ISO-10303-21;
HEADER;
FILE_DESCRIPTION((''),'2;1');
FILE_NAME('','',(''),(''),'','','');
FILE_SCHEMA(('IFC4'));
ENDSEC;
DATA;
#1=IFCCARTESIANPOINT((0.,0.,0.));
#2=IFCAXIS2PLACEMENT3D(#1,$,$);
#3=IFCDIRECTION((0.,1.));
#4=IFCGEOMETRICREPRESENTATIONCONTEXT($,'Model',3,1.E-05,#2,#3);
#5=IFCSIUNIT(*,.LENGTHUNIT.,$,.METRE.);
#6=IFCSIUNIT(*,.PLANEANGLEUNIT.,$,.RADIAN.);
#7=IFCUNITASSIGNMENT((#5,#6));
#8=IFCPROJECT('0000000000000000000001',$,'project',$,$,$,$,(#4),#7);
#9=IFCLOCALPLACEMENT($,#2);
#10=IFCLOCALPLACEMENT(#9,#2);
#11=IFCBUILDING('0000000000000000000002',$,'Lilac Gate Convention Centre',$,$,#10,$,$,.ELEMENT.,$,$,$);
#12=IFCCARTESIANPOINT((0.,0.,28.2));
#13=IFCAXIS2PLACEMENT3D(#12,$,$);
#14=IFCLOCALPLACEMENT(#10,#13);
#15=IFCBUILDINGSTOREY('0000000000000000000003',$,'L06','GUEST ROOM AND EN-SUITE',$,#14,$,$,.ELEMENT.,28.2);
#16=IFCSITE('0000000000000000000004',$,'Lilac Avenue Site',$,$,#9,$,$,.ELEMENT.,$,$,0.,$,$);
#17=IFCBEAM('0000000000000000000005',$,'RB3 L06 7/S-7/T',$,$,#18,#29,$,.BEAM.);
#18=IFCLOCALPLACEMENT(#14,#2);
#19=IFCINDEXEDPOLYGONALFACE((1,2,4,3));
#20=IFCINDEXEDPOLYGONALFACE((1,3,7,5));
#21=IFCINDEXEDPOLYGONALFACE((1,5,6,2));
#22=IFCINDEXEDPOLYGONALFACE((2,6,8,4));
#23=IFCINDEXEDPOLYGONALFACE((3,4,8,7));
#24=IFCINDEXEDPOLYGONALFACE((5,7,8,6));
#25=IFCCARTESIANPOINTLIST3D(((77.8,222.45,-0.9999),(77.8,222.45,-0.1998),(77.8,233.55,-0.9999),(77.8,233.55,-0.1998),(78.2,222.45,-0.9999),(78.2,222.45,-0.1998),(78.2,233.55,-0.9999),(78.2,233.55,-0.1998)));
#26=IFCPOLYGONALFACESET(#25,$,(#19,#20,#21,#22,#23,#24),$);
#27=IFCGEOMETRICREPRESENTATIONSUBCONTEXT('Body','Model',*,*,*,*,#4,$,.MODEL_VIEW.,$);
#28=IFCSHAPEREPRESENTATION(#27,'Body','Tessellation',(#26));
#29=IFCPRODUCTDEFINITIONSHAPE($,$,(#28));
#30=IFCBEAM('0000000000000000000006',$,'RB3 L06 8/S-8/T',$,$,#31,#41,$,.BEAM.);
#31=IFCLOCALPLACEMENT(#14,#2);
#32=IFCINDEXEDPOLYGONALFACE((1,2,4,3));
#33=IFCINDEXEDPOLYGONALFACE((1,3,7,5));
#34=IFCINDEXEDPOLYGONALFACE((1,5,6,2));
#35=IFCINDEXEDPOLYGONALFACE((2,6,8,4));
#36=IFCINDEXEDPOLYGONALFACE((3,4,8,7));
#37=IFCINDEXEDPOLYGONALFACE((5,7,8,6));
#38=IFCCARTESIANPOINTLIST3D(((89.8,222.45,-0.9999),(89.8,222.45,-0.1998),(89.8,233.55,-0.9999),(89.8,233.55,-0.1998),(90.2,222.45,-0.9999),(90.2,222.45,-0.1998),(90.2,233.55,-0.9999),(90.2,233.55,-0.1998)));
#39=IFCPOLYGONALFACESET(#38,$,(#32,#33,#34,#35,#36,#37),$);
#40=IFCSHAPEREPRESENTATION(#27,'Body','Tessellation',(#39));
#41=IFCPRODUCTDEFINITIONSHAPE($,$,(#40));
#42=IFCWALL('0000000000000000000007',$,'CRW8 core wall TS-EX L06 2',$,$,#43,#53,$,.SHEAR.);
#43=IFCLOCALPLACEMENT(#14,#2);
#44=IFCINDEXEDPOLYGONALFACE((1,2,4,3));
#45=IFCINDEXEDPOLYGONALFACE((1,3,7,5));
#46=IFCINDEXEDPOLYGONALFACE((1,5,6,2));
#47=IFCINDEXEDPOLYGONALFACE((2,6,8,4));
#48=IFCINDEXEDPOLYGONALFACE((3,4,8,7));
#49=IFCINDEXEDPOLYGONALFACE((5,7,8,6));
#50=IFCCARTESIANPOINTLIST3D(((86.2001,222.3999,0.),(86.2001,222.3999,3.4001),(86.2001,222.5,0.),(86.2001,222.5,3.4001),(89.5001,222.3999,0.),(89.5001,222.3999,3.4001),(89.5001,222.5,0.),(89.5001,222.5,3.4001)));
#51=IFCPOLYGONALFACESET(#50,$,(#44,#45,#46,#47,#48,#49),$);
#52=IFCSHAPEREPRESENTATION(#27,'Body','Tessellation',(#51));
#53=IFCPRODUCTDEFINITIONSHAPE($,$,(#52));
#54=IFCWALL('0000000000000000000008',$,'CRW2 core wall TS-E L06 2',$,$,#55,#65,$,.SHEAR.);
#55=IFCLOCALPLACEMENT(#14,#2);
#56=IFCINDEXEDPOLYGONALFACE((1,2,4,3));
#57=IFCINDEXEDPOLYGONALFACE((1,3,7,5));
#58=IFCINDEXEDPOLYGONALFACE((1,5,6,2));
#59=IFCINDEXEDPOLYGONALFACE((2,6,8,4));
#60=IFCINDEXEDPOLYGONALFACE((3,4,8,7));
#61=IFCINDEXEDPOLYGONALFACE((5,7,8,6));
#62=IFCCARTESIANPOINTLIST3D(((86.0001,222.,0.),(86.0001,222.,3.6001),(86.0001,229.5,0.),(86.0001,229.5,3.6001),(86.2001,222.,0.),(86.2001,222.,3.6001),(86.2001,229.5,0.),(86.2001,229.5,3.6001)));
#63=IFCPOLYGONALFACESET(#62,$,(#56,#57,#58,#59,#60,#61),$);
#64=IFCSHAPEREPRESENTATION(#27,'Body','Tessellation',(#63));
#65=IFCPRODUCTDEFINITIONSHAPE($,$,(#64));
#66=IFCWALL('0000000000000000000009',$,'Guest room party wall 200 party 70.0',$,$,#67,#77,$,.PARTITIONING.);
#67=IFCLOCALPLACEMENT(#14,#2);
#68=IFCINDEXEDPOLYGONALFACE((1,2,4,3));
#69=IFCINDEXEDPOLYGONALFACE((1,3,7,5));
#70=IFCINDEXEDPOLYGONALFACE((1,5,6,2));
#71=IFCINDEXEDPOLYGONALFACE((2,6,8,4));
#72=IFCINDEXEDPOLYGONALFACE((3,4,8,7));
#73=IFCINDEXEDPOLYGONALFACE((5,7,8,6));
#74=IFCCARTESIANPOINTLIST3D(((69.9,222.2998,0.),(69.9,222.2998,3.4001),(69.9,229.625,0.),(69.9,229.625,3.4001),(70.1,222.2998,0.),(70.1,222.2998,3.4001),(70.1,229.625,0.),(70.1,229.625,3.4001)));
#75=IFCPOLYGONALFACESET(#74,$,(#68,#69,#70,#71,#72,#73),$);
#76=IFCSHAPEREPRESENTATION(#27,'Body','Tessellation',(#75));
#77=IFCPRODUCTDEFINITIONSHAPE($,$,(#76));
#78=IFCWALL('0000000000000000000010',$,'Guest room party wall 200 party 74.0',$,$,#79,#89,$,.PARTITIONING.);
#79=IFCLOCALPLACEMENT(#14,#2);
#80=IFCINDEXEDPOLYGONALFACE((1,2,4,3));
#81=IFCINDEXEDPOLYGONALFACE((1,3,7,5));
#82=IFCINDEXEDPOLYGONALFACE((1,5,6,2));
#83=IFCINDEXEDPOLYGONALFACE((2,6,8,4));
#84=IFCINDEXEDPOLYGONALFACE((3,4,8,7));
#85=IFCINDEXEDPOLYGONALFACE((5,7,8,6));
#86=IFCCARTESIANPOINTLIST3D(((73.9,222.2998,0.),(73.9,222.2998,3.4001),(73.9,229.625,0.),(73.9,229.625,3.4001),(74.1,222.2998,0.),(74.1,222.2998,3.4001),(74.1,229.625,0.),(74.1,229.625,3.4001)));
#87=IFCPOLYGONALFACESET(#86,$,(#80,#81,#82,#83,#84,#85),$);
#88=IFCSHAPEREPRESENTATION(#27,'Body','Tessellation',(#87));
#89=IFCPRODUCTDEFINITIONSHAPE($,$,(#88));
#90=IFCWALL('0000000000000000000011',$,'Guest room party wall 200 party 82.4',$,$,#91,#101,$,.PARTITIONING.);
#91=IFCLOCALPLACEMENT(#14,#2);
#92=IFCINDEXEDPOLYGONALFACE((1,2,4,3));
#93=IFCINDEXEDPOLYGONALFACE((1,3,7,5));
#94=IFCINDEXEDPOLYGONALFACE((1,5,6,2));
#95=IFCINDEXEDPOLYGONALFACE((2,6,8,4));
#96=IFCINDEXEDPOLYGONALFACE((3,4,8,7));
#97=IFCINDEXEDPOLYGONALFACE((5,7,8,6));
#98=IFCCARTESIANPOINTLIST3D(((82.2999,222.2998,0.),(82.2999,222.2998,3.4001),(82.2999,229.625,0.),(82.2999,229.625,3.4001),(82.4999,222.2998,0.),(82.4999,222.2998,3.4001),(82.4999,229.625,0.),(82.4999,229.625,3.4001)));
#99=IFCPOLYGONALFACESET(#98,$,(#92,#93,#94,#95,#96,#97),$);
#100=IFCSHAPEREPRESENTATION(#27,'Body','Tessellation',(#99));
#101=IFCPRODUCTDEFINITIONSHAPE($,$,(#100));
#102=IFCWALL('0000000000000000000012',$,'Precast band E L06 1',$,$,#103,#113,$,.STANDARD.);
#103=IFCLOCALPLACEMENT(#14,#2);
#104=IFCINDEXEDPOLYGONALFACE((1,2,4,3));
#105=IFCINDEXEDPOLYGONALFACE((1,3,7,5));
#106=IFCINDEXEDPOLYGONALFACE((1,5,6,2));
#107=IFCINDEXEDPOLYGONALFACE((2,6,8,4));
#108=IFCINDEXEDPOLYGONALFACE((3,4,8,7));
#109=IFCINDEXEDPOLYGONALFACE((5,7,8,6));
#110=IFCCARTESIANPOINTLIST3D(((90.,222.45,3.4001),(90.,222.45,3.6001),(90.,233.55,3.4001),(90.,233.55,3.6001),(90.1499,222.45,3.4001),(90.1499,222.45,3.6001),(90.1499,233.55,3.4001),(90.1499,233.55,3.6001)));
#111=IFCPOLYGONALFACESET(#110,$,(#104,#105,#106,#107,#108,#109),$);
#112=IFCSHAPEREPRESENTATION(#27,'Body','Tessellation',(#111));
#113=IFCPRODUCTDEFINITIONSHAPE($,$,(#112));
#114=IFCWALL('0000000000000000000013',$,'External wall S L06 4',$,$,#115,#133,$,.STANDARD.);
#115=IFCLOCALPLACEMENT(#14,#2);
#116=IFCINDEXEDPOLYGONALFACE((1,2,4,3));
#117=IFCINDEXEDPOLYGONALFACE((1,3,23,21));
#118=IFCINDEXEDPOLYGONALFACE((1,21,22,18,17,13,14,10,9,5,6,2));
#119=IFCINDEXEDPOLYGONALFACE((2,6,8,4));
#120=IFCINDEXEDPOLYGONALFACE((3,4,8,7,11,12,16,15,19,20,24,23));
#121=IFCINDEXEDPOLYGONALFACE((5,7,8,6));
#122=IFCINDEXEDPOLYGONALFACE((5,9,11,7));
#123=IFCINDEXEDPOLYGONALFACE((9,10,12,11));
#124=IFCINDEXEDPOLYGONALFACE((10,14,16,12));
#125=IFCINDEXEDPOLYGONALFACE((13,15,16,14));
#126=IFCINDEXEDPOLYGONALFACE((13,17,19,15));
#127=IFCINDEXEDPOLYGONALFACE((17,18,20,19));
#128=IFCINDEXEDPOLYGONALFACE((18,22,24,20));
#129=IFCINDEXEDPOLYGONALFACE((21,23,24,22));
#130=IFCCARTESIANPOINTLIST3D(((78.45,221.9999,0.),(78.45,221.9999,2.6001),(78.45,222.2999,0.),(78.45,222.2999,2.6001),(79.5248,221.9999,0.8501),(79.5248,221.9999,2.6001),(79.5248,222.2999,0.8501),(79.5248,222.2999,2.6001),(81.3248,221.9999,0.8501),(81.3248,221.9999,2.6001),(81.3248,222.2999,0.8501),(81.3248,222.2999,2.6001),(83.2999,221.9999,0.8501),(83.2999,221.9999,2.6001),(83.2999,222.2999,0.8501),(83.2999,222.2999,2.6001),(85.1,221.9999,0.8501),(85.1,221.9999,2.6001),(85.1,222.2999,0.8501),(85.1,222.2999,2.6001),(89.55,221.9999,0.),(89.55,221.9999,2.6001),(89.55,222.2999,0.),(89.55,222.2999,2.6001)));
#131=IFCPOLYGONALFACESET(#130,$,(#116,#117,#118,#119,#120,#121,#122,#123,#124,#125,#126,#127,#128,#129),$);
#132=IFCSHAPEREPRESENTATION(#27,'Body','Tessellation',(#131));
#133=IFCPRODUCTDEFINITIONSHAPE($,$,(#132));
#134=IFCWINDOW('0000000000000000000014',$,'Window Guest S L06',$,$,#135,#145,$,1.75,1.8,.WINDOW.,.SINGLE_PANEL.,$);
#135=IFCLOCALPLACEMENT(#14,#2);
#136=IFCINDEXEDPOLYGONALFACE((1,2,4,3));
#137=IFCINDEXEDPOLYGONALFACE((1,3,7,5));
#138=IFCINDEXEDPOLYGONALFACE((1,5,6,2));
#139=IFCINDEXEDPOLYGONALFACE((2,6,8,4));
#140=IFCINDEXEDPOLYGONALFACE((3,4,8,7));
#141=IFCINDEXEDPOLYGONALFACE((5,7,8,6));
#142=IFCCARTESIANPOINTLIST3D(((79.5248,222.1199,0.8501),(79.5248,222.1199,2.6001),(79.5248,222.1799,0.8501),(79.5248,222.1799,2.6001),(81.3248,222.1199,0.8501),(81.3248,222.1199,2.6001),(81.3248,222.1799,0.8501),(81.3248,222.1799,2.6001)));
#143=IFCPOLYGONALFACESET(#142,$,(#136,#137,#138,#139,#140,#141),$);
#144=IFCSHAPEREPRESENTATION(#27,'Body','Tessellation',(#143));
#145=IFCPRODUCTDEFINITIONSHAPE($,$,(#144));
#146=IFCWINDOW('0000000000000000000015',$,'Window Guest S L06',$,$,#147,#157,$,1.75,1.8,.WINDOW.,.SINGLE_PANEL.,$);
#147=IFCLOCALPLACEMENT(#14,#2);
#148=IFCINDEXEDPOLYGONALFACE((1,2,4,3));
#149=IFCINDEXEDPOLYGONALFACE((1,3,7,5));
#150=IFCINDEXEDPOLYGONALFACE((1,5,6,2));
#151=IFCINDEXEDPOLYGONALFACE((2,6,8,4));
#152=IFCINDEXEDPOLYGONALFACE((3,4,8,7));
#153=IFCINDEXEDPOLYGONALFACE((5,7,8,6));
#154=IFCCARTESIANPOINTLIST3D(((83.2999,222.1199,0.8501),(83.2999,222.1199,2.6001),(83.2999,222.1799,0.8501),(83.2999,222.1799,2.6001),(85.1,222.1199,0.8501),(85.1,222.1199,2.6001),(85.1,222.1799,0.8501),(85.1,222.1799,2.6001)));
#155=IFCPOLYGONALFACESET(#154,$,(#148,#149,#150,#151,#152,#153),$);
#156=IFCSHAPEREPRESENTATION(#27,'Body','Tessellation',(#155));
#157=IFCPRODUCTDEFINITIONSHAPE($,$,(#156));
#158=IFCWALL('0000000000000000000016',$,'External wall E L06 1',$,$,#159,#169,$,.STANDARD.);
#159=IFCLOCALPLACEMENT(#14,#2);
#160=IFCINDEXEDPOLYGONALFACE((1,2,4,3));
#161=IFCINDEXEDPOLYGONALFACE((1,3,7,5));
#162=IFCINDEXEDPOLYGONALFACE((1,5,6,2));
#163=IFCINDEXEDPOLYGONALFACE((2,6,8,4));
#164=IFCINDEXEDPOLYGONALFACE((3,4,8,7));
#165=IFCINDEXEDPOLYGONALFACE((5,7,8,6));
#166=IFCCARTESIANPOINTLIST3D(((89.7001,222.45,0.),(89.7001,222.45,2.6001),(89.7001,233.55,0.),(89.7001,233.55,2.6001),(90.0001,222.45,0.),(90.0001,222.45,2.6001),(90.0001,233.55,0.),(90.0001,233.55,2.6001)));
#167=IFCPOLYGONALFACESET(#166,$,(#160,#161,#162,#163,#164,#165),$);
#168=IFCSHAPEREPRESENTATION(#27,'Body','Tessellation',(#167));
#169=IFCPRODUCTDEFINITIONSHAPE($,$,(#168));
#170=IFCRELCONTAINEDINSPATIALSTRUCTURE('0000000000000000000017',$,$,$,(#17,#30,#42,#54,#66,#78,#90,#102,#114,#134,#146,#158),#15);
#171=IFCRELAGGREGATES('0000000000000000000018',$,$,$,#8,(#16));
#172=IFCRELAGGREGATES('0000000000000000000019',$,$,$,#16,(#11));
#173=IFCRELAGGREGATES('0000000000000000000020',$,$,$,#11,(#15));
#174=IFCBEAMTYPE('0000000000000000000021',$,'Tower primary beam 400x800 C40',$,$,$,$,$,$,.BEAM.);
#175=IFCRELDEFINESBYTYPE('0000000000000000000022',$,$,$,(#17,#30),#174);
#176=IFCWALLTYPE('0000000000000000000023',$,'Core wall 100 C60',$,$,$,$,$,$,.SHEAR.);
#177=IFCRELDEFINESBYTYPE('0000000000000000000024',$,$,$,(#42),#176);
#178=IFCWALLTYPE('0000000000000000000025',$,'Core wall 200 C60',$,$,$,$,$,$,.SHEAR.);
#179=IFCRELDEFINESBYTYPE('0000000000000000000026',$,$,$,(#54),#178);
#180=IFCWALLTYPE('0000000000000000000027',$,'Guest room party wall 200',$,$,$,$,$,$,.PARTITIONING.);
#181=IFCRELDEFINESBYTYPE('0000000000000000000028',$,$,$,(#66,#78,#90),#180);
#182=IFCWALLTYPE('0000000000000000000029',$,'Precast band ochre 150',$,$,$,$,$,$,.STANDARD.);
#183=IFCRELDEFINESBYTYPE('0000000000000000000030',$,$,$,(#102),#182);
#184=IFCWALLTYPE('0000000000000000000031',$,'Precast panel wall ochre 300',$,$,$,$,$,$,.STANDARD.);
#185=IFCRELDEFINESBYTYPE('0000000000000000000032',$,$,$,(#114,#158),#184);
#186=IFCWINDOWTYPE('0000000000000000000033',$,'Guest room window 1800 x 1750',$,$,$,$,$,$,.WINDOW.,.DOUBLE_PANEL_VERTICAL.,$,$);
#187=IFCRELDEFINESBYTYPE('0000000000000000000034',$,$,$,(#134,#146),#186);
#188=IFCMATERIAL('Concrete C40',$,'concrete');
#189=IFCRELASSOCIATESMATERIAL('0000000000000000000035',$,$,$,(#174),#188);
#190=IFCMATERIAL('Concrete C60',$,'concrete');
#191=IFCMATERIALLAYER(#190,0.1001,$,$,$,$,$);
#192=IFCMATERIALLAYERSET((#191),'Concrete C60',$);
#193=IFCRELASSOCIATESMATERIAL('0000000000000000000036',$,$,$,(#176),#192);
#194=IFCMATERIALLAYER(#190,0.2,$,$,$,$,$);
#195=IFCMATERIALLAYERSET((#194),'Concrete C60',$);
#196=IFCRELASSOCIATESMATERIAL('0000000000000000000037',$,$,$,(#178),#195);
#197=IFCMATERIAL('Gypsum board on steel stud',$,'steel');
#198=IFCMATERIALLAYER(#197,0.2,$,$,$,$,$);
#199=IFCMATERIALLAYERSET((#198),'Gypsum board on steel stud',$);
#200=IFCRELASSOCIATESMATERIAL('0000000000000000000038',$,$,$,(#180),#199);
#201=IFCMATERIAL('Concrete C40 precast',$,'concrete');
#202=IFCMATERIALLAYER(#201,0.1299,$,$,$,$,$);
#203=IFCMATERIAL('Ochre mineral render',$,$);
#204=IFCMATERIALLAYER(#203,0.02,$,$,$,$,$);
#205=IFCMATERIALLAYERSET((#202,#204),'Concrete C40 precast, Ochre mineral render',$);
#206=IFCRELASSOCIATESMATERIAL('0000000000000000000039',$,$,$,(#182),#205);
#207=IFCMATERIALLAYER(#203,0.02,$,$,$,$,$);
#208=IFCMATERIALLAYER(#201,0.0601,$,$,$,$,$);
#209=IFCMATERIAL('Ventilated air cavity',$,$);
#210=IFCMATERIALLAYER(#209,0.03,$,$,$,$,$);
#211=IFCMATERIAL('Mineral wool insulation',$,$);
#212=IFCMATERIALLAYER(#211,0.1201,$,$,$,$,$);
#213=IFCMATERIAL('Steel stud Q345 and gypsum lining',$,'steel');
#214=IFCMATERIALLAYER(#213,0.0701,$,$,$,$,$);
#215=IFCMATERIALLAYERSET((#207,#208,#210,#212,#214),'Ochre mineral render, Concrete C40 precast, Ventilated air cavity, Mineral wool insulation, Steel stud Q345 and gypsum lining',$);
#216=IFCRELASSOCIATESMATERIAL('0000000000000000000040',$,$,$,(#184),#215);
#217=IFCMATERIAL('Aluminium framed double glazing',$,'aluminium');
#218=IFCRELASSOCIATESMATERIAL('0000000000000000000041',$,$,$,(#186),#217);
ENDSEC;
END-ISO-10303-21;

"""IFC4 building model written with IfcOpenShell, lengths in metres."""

from ifc_helpers import new_model, si_unit, direction, frame, frame_2d, origin, origin_2d, place, context, subcontext, project, spatial, rectangle, extrude, material, layer, layer_set, material_profile, profile_set, type_object, element, fill, save


model = new_model("IFC4")

# Units and contexts
model_context = context("Model", 3, precision=1e-05, world=origin(), true_north=direction((0.0, 1.0)))
body_context = subcontext(model_context, "Body", "Model", "MODEL_VIEW")
ifc_project = project(units=[si_unit("LENGTHUNIT", "METRE"), si_unit("PLANEANGLEUNIT", "RADIAN")], contexts=[model_context])

# Site, building, storey
site_placement = place(None, origin())
site = spatial("IfcSite", under=ifc_project, at=site_placement, Name="Lilac Avenue Site", CompositionType="ELEMENT", RefElevation=0.0)
building_placement = place(site_placement, origin())
building = spatial("IfcBuilding", under=site, at=building_placement, Name="Lilac Gate Convention Centre", CompositionType="ELEMENT")
storey_placement = place(building_placement, frame((0.0, 0.0, 28.2)))
storey = spatial("IfcBuildingStorey", under=building, at=storey_placement, Name="L06", Description="GUEST ROOM AND EN-SUITE", CompositionType="ELEMENT", Elevation=28.2)

# Beams
ifc_material_1 = material(Name="Concrete C40", Category="concrete")
ifc_material_profile = material_profile(ifc_material_1, rectangle(XDim=0.3999, YDim=0.8, at=origin_2d()), Name="RC 400x800")
ifc_profile_set = profile_set([ifc_material_profile], Name="Concrete C40")
beam_type = type_object("IfcBeamType", Name="Tower primary beam 400x800 C40", PredefinedType="BEAM", material=ifc_profile_set)
for number, where, z_axis, x_axis, name in (
    (1, (78.0, 222.45, -0.5999), (0.0, 1.0, 0.0), (-1.0, 0.0, 0.0), "RB3 L06 7/S-7/T"),
    (2, (90.0, 222.45, -0.5999), (0.0, 1.0, 0.0), (-1.0, 0.0, 0.0), "RB3 L06 8/S-8/T"),
):
    element("IfcBeam", number, at=place(storey_placement, frame(where, z_axis=z_axis, x_axis=x_axis)), inside=storey, type_object=beam_type, Name=name, PredefinedType="BEAM", context=body_context, shape_type="SweptSolid", body=[
        extrude(rectangle(XDim=0.3999, YDim=0.8, at=origin_2d()), origin(), (0.0, 0.0, 1.0), 11.1001),
    ])

# Walls
ifc_material_2 = material(Name="Concrete C60", Category="concrete")
ifc_layer_1 = layer(ifc_material_2, 0.1001)
ifc_layer_set_1 = layer_set([ifc_layer_1], Name="Concrete C60")
wall_type_1 = type_object("IfcWallType", Name="Core wall 100 C60", PredefinedType="SHEAR", material=ifc_layer_set_1)
wall_1_placement = place(storey_placement, frame((89.5, 222.45, 0.0), z_axis=(0.0, 0.0, 1.0), x_axis=(-1.0, 0.0, 0.0)))
element("IfcWall", 3, at=wall_1_placement, inside=storey, type_object=wall_type_1, Name="CRW8 core wall TS-EX L06 2", PredefinedType="SHEAR", context=body_context, shape_type="SweptSolid", body=[
    extrude(rectangle(XDim=3.3, YDim=0.1001, at=frame_2d((1.6499, 0.0))), origin(), (0.0, 0.0, 1.0), 3.4001),
])
ifc_layer_2 = layer(ifc_material_2, 0.2)
ifc_layer_set_2 = layer_set([ifc_layer_2], Name="Concrete C60")
wall_type_2 = type_object("IfcWallType", Name="Core wall 200 C60", PredefinedType="SHEAR", material=ifc_layer_set_2)
wall_2_placement = place(storey_placement, frame((86.1001, 222.0, 0.0), z_axis=(0.0, 0.0, 1.0), x_axis=(0.0, 1.0, 0.0)))
element("IfcWall", 4, at=wall_2_placement, inside=storey, type_object=wall_type_2, Name="CRW2 core wall TS-E L06 2", PredefinedType="SHEAR", context=body_context, shape_type="SweptSolid", body=[
    extrude(rectangle(XDim=7.5, YDim=0.2, at=frame_2d((3.75, 0.0))), origin(), (0.0, 0.0, 1.0), 3.6001),
])
ifc_material_3 = material(Name="Gypsum board on steel stud", Category="steel")
ifc_layer_3 = layer(ifc_material_3, 0.2)
ifc_layer_set_3 = layer_set([ifc_layer_3], Name="Gypsum board on steel stud")
wall_type_3 = type_object("IfcWallType", Name="Guest room party wall 200", PredefinedType="PARTITIONING", material=ifc_layer_set_3)
for number, where, z_axis, x_axis, name in (
    (5, (70.0, 222.2998, 0.0), (0.0, 0.0, 1.0), (0.0, 1.0, 0.0), "Guest room party wall 200 party 70.0"),
    (6, (74.0, 222.2998, 0.0), (0.0, 0.0, 1.0), (0.0, 1.0, 0.0), "Guest room party wall 200 party 74.0"),
    (7, (82.3999, 222.2998, 0.0), (0.0, 0.0, 1.0), (0.0, 1.0, 0.0), "Guest room party wall 200 party 82.4"),
):
    element("IfcWall", number, at=place(storey_placement, frame(where, z_axis=z_axis, x_axis=x_axis)), inside=storey, type_object=wall_type_3, Name=name, PredefinedType="PARTITIONING", context=body_context, shape_type="SweptSolid", body=[
        extrude(rectangle(XDim=7.3252, YDim=0.2, at=frame_2d((3.6626, 0.0))), origin(), (0.0, 0.0, 1.0), 3.4001),
    ])
ifc_material_4 = material(Name="Concrete C40 precast", Category="concrete")
ifc_layer_4 = layer(ifc_material_4, 0.1299)
ifc_material_5 = material(Name="Ochre mineral render")
ifc_layer_5 = layer(ifc_material_5, 0.02)
ifc_layer_set_4 = layer_set([ifc_layer_4, ifc_layer_5], Name="Concrete C40 precast, Ochre mineral render")
wall_type_4 = type_object("IfcWallType", Name="Precast band ochre 150", PredefinedType="STANDARD", material=ifc_layer_set_4)
wall_3_placement = place(storey_placement, frame((90.075, 222.45, 3.4001), z_axis=(0.0, 0.0, 1.0), x_axis=(0.0, 1.0, 0.0)))
element("IfcWall", 8, at=wall_3_placement, inside=storey, type_object=wall_type_4, Name="Precast band E L06 1", PredefinedType="STANDARD", context=body_context, shape_type="SweptSolid", body=[
    extrude(rectangle(XDim=11.1001, YDim=0.1499, at=frame_2d((5.55, 0.0))), origin(), (0.0, 0.0, 1.0), 0.2),
])

# Wall, openings, windows
ifc_layer_6 = layer(ifc_material_5, 0.02)
ifc_layer_7 = layer(ifc_material_4, 0.0601)
ifc_material_6 = material(Name="Ventilated air cavity")
ifc_layer_8 = layer(ifc_material_6, 0.03)
ifc_material_7 = material(Name="Mineral wool insulation")
ifc_layer_9 = layer(ifc_material_7, 0.1201)
ifc_material_8 = material(Name="Steel stud Q345 and gypsum lining", Category="steel")
ifc_layer_10 = layer(ifc_material_8, 0.0701)
ifc_layer_set_5 = layer_set([ifc_layer_6, ifc_layer_7, ifc_layer_8, ifc_layer_9, ifc_layer_10], Name="Ochre mineral render, Concrete C40 precast, Ventilated air cavity, Mineral wool insulation, Steel stud Q345 and gypsum lining")
wall_type_5 = type_object("IfcWallType", Name="Precast panel wall ochre 300", PredefinedType="STANDARD", material=ifc_layer_set_5)
wall_4_placement = place(storey_placement, frame((78.45, 222.1499, 0.0), z_axis=(0.0, 0.0, 1.0), x_axis=(1.0, 0.0, 0.0)))
wall_4 = element("IfcWall", 9, at=wall_4_placement, inside=storey, type_object=wall_type_5, Name="External wall S L06 4", PredefinedType="STANDARD", context=body_context, shape_type="SweptSolid", body=[
    extrude(rectangle(XDim=11.1001, YDim=0.3, at=frame_2d((5.55, 0.0))), origin(), (0.0, 0.0, 1.0), 2.6001),
])
opening_1_placement = place(wall_4_placement, frame((1.075, 0.0, 0.8501)))
opening_1 = element("IfcOpeningElement", 10, at=opening_1_placement, cuts=wall_4, PredefinedType="OPENING", context=body_context, shape_type="SweptSolid", body=[
    extrude(rectangle(XDim=1.8, YDim=1.75, at=frame_2d((0.8999, 0.875))), frame((0.0, 0.1599, 0.0), z_axis=(0.0, -1.0, 0.0), x_axis=(1.0, 0.0, 0.0)), (0.0, 0.0, 1.0), 0.3201),
])
opening_2_placement = place(wall_4_placement, frame((4.8501, 0.0, 0.8501)))
opening_2 = element("IfcOpeningElement", 11, at=opening_2_placement, cuts=wall_4, PredefinedType="OPENING", context=body_context, shape_type="SweptSolid", body=[
    extrude(rectangle(XDim=1.8, YDim=1.75, at=frame_2d((0.8999, 0.875))), frame((0.0, 0.1599, 0.0), z_axis=(0.0, -1.0, 0.0), x_axis=(1.0, 0.0, 0.0)), (0.0, 0.0, 1.0), 0.3201),
])
ifc_material_9 = material(Name="Aluminium framed double glazing", Category="aluminium")
window_type = type_object("IfcWindowType", Name="Guest room window 1800 x 1750", PartitioningType="DOUBLE_PANEL_VERTICAL", PredefinedType="WINDOW", material=ifc_material_9)
window_1_placement = place(opening_1_placement, origin())
window_1 = element("IfcWindow", 12, at=window_1_placement, inside=storey, type_object=window_type, Name="Window Guest S L06", OverallHeight=1.75, OverallWidth=1.8, PartitioningType="SINGLE_PANEL", PredefinedType="WINDOW", context=body_context, shape_type="SweptSolid", body=[
    extrude(rectangle(XDim=1.8, YDim=1.75, at=frame_2d((0.8999, 0.875))), frame((0.0, 0.03, 0.0), z_axis=(0.0, -1.0, 0.0), x_axis=(1.0, 0.0, 0.0)), (0.0, 0.0, 1.0), 0.0601),
])
fill(opening_1, window_1)
window_2_placement = place(opening_2_placement, origin())
window_2 = element("IfcWindow", 13, at=window_2_placement, inside=storey, type_object=window_type, Name="Window Guest S L06", OverallHeight=1.75, OverallWidth=1.8, PartitioningType="SINGLE_PANEL", PredefinedType="WINDOW", context=body_context, shape_type="SweptSolid", body=[
    extrude(rectangle(XDim=1.8, YDim=1.75, at=frame_2d((0.8999, 0.875))), frame((0.0, 0.03, 0.0), z_axis=(0.0, -1.0, 0.0), x_axis=(1.0, 0.0, 0.0)), (0.0, 0.0, 1.0), 0.0601),
])
fill(opening_2, window_2)

# Wall
wall_5_placement = place(storey_placement, frame((89.8501, 222.45, 0.0), z_axis=(0.0, 0.0, 1.0), x_axis=(0.0, 1.0, 0.0)))
element("IfcWall", 14, at=wall_5_placement, inside=storey, type_object=wall_type_5, Name="External wall E L06 1", PredefinedType="STANDARD", context=body_context, shape_type="SweptSolid", body=[
    extrude(rectangle(XDim=11.1001, YDim=0.3, at=frame_2d((5.55, 0.0))), origin(), (0.0, 0.0, 1.0), 2.6001),
])

save(model, "model.ifc")
